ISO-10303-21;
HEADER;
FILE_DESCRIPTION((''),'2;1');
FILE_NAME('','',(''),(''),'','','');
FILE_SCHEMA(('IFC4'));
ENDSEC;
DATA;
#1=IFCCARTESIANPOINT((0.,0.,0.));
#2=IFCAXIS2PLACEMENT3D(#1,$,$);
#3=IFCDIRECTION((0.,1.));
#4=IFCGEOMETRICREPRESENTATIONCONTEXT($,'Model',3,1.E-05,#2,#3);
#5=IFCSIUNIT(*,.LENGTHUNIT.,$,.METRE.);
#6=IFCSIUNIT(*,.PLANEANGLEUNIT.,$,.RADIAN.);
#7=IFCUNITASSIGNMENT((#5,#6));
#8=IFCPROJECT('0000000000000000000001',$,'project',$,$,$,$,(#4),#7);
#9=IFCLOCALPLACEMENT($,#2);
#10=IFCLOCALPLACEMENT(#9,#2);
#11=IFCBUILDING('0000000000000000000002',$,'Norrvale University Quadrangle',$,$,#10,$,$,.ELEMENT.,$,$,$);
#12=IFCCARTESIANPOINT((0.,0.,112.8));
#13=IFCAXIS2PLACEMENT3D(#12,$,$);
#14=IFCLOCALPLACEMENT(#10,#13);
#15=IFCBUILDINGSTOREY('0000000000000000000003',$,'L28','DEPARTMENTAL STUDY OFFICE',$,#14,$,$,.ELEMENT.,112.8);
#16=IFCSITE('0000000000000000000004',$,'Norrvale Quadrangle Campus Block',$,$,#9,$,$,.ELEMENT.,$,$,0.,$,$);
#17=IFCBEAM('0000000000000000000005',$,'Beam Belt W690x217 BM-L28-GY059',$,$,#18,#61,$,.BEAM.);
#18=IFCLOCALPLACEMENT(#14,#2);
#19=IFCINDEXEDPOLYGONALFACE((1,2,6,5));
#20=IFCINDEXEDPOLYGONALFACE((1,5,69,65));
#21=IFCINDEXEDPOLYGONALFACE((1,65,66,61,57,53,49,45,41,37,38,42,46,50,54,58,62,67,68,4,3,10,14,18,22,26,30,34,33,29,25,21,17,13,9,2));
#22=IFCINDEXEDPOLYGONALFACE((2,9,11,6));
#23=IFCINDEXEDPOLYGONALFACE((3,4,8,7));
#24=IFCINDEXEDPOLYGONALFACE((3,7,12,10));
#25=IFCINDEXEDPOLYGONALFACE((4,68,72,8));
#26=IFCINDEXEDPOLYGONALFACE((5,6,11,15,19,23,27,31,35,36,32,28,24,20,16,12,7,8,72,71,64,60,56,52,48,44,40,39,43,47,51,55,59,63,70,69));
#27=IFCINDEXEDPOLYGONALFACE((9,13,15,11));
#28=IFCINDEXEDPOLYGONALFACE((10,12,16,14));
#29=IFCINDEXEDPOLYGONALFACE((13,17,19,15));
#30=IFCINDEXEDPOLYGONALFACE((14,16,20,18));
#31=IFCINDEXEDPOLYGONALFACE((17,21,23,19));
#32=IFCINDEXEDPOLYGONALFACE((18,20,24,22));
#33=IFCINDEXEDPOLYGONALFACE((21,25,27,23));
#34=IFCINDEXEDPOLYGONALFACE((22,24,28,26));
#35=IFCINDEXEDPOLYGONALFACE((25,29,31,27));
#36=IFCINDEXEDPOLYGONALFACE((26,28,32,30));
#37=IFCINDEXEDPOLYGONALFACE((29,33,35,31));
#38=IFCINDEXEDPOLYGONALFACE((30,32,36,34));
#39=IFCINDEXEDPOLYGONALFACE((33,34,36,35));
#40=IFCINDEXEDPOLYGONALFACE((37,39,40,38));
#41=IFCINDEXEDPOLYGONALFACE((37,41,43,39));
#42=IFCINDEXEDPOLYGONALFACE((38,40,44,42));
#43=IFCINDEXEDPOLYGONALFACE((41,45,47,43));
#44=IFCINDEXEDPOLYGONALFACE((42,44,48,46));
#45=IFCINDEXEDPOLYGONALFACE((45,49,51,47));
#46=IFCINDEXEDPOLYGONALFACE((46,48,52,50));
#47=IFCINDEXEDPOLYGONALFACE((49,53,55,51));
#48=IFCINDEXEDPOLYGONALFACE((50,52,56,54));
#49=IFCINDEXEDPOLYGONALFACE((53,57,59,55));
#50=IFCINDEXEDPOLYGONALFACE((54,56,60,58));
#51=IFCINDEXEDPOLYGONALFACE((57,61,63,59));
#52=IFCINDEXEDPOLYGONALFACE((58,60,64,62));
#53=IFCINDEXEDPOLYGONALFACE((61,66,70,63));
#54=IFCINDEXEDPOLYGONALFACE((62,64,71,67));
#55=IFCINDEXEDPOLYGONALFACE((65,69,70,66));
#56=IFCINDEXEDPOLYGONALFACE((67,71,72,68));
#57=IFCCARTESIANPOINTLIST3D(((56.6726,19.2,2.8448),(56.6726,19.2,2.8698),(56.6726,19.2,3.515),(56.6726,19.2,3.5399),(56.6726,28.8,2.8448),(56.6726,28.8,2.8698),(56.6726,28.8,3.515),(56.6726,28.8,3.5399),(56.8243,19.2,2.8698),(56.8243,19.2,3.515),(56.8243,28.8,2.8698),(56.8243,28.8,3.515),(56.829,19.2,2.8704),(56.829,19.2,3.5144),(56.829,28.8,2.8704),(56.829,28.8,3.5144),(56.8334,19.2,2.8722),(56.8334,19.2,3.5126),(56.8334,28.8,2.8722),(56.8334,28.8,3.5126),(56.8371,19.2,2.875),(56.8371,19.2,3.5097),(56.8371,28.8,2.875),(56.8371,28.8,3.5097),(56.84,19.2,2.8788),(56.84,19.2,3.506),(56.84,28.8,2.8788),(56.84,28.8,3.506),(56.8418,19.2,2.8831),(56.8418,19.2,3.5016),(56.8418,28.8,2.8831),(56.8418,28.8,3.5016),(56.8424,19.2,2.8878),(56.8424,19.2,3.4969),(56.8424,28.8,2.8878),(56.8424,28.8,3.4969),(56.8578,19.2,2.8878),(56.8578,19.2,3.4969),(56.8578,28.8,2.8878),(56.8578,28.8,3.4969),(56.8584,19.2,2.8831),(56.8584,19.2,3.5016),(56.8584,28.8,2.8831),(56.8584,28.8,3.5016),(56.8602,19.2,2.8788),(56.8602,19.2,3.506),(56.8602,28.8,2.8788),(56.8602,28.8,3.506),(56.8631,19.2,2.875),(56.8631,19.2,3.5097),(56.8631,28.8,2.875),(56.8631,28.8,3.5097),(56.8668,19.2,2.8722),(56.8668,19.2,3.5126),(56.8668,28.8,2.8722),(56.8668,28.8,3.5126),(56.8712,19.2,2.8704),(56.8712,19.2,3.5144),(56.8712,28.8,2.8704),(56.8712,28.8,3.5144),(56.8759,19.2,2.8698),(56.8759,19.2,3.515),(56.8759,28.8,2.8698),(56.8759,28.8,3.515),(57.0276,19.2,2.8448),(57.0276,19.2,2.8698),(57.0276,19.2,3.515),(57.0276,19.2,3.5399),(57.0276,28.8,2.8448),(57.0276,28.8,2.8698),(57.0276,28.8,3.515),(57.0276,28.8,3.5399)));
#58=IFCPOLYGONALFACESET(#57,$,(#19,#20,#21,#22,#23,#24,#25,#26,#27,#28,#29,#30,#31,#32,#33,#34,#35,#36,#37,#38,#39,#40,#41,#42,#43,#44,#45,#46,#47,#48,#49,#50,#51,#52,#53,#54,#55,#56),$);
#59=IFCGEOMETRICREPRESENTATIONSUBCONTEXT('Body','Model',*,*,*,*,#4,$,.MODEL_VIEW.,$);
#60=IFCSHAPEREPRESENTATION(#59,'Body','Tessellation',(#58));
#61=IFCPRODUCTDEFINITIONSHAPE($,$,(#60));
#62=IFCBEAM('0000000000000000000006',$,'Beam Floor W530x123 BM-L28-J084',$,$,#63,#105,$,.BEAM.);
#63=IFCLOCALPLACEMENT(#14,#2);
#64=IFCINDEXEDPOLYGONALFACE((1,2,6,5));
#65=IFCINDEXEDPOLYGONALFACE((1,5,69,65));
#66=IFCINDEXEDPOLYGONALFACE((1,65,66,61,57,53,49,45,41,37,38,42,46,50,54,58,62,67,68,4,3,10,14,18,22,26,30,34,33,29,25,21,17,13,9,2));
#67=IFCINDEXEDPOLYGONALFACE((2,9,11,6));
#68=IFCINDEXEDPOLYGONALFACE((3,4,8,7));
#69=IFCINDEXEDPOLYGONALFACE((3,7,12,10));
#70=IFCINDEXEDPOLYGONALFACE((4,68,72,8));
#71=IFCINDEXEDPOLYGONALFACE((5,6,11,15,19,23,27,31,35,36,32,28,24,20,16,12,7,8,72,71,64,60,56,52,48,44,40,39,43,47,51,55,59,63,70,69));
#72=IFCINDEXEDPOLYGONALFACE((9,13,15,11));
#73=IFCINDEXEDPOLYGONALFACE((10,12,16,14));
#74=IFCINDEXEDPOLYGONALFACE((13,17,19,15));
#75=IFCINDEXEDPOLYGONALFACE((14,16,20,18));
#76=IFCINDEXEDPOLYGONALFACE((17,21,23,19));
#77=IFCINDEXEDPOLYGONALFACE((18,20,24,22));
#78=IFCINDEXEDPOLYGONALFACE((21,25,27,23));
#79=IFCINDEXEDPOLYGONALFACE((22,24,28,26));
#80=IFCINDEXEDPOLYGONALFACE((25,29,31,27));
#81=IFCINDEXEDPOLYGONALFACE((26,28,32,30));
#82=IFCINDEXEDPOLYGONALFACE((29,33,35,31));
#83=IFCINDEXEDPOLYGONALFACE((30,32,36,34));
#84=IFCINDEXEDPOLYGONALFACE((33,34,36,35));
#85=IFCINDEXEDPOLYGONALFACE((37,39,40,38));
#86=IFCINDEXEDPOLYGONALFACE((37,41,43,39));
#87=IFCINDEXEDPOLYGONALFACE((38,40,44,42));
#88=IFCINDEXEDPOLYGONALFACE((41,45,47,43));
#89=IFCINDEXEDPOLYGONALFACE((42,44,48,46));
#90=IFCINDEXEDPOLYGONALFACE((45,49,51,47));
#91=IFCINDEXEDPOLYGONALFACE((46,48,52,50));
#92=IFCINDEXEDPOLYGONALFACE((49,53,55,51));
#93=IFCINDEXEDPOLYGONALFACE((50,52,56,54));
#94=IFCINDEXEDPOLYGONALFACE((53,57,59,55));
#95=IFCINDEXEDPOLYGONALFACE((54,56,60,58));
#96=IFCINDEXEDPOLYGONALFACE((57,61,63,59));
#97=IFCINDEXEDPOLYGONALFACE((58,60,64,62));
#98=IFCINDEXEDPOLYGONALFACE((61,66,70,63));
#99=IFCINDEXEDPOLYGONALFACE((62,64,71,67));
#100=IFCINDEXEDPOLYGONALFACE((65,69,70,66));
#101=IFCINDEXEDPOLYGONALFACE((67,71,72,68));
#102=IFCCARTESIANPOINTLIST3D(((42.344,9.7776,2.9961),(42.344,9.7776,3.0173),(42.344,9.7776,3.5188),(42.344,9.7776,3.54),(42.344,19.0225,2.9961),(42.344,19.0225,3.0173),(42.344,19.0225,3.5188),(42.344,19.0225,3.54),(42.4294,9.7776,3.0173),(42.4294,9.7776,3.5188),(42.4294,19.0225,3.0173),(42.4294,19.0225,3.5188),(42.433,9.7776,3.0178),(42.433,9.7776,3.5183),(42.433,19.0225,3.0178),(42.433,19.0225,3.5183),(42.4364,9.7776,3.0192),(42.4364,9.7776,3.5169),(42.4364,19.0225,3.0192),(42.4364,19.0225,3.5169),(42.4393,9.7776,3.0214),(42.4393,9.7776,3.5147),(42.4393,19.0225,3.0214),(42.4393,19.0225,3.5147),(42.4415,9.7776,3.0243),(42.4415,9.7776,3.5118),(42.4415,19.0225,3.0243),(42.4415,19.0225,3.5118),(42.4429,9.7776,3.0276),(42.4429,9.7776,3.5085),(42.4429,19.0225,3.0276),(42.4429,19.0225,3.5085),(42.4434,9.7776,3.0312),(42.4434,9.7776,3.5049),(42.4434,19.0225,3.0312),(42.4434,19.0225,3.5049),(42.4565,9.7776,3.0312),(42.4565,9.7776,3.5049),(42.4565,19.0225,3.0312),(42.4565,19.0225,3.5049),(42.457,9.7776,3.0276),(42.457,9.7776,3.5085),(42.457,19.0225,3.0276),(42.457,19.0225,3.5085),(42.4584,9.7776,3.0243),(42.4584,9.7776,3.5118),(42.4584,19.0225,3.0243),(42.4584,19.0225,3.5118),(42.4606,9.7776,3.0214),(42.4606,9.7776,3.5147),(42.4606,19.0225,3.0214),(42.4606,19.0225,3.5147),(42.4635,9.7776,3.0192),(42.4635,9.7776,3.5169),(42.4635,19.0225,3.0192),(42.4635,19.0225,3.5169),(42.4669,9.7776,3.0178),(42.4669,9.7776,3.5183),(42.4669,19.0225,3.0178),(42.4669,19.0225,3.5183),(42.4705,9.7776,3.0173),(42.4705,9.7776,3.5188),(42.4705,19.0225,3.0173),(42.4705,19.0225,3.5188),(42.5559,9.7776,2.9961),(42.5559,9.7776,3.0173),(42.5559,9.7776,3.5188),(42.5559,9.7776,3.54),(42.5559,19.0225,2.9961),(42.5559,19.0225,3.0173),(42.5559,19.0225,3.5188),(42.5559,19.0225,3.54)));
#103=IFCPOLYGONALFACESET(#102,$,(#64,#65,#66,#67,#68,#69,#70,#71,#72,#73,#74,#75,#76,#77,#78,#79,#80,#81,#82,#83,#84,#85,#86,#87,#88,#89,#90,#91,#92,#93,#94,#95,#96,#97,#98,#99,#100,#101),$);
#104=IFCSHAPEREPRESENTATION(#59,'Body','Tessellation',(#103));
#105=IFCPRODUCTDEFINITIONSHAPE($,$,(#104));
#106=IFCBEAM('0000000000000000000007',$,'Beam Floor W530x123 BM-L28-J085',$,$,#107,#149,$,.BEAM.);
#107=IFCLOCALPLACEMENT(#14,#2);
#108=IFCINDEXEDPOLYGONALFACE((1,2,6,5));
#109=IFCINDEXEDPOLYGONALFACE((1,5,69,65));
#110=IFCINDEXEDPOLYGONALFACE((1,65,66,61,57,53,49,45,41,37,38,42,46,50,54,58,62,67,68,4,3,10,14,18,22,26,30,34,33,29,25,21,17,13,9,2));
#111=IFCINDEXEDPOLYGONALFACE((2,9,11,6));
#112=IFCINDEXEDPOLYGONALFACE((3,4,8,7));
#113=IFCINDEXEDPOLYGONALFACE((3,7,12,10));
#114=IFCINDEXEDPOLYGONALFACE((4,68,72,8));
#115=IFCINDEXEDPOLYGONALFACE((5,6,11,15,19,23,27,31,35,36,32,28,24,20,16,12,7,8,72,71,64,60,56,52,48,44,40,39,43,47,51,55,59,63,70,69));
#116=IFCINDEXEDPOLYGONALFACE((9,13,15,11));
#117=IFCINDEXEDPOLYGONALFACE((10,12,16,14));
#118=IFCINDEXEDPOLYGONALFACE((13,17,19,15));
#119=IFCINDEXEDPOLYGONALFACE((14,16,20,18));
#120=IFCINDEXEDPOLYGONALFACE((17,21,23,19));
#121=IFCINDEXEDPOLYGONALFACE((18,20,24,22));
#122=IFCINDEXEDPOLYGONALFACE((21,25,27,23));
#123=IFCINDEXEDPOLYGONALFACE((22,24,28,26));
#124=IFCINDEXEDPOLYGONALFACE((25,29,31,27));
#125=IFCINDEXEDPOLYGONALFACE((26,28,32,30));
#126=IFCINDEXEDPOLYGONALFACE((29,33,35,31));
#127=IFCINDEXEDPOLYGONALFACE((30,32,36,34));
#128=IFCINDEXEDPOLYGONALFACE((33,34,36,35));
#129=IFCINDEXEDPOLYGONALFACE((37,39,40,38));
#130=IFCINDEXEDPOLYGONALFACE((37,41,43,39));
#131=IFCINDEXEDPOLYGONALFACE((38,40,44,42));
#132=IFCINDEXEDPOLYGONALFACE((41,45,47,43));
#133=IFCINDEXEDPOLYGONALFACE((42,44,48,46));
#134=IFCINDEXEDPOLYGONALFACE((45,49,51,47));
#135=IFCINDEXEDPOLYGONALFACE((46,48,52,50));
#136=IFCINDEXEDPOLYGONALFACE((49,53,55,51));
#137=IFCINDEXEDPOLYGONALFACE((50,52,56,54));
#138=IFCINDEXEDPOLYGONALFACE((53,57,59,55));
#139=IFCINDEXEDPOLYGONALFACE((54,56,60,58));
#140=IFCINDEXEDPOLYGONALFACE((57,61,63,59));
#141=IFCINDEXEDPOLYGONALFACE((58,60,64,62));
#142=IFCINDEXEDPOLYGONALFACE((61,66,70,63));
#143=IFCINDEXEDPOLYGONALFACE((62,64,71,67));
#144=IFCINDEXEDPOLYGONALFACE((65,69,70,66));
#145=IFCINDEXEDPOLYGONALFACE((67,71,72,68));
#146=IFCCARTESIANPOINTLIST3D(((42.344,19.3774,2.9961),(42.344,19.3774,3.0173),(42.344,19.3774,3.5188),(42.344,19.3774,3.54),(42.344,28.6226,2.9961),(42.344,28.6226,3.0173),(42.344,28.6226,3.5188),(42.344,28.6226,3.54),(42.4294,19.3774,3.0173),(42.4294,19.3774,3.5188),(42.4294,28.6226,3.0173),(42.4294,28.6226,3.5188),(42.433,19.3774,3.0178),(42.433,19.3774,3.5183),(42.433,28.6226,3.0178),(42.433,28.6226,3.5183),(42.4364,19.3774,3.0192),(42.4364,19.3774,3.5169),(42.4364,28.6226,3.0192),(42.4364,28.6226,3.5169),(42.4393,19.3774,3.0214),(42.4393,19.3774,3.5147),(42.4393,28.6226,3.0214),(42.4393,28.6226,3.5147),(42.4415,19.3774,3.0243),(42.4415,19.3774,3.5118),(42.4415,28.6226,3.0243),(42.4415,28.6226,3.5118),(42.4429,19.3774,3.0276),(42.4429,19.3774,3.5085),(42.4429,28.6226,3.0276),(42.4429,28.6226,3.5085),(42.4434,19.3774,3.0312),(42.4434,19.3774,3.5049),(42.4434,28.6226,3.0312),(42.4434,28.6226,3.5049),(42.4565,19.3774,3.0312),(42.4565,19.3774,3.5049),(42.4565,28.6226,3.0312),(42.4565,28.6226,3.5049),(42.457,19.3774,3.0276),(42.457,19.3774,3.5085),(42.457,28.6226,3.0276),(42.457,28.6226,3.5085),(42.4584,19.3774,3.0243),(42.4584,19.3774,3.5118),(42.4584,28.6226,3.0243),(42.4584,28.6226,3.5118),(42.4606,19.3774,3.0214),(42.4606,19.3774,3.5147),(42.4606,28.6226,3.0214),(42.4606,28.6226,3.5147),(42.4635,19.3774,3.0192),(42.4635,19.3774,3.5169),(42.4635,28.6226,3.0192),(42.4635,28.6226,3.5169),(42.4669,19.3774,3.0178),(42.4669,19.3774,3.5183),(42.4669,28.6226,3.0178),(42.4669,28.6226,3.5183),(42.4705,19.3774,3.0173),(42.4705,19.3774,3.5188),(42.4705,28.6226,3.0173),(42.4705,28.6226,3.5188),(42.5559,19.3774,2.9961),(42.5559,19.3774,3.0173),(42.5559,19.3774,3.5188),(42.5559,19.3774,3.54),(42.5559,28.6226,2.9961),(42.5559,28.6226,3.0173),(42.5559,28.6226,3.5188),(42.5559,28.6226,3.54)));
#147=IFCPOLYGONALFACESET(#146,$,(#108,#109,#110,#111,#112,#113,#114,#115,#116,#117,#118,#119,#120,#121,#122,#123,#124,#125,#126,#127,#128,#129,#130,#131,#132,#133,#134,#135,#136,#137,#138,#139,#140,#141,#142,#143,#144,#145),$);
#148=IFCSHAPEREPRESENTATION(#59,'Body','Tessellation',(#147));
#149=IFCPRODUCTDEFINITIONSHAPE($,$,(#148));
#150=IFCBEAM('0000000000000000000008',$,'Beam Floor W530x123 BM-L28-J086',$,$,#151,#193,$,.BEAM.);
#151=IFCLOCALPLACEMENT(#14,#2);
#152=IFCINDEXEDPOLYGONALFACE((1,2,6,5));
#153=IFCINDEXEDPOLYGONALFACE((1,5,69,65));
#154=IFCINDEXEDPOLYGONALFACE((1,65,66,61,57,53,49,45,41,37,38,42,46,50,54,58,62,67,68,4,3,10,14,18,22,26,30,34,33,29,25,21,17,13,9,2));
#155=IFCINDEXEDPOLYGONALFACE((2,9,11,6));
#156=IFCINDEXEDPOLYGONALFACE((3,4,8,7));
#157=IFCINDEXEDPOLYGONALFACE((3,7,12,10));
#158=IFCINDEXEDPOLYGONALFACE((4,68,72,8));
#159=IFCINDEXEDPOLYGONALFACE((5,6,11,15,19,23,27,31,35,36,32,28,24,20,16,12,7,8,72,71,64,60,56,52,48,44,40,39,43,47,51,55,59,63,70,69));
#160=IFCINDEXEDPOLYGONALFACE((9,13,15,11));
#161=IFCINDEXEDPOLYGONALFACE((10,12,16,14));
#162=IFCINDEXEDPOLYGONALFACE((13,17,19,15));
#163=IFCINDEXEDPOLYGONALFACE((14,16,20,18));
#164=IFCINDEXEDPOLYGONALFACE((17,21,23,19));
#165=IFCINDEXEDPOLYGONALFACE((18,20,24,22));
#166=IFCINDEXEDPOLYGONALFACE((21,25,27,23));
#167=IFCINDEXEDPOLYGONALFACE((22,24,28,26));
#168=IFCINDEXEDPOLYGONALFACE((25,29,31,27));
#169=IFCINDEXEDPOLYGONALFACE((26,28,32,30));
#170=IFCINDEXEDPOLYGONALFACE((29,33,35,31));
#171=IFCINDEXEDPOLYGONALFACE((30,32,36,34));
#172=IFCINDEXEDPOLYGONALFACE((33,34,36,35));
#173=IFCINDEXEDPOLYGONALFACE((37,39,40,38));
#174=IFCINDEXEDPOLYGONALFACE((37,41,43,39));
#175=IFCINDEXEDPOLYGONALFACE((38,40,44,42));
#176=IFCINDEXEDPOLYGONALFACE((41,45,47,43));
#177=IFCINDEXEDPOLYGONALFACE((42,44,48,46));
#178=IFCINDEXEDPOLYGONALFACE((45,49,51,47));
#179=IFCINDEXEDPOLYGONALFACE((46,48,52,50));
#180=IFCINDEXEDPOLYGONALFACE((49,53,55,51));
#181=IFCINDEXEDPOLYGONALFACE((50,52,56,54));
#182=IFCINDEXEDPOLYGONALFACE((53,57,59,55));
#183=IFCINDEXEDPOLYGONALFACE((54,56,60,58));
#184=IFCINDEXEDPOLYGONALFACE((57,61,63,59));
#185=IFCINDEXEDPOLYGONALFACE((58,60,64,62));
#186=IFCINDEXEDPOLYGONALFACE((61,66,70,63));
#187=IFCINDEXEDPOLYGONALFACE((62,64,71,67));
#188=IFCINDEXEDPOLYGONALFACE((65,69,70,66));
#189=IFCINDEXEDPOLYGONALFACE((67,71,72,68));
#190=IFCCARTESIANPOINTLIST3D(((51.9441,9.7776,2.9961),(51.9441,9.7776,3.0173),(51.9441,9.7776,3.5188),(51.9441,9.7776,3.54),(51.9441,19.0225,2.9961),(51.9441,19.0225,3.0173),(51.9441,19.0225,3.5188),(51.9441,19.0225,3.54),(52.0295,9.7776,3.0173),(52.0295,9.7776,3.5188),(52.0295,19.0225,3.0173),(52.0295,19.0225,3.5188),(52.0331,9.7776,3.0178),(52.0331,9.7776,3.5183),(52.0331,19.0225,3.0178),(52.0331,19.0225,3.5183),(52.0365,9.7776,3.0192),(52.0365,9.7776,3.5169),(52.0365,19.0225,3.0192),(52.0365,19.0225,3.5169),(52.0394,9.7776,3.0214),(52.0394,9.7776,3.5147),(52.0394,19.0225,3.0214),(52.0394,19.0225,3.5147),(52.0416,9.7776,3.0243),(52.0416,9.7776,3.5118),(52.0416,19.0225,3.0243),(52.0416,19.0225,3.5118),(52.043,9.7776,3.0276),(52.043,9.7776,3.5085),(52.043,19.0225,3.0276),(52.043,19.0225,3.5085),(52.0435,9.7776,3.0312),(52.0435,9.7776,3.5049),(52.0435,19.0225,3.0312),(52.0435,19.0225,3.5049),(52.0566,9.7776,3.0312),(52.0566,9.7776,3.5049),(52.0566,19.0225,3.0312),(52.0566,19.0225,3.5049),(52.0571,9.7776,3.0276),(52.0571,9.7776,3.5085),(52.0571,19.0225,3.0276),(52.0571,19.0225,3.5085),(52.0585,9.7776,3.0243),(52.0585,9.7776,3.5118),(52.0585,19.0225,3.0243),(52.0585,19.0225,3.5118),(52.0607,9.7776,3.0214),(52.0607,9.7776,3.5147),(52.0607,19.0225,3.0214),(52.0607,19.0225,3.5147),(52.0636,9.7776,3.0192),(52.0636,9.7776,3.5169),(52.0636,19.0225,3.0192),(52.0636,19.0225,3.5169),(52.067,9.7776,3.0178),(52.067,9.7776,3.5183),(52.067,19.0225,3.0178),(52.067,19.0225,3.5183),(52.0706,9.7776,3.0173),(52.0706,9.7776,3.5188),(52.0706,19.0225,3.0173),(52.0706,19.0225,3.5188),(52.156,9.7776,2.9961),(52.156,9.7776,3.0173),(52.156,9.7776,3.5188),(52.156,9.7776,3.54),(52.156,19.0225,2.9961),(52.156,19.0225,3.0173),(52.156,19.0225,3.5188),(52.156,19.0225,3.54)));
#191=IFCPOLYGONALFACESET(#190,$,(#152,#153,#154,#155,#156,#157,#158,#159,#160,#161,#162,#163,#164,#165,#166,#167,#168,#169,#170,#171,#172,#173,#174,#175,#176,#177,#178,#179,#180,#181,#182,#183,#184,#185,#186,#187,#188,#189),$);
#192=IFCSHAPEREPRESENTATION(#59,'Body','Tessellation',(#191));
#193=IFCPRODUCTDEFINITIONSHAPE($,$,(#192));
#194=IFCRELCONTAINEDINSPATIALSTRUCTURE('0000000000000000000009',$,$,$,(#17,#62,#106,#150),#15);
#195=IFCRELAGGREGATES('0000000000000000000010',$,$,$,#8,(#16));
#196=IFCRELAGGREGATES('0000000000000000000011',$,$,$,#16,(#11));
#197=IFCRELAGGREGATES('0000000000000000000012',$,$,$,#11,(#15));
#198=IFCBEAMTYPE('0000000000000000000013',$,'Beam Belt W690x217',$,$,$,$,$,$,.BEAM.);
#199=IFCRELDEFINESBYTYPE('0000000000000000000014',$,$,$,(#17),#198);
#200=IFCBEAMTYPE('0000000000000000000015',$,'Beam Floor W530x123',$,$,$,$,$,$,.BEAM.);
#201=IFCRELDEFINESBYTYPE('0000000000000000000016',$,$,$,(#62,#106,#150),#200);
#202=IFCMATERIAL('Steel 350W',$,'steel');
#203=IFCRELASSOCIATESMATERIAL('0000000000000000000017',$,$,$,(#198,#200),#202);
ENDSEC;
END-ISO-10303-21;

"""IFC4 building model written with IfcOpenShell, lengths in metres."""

from ifc_helpers import new_model, si_unit, direction, frame, origin, origin_2d, place, context, subcontext, project, spatial, i_section, extrude, material, material_profile, profile_set, type_object, element, save


model = new_model("IFC4")

# Units and contexts
model_context = context("Model", 3, precision=1e-05, world=origin(), true_north=direction((0.0, 1.0)))
body_context = subcontext(model_context, "Body", "Model", "MODEL_VIEW")
ifc_project = project(units=[si_unit("LENGTHUNIT", "METRE"), si_unit("PLANEANGLEUNIT", "RADIAN")], contexts=[model_context])

# Site, building, storey
site_placement = place(None, origin())
site = spatial("IfcSite", under=ifc_project, at=site_placement, Name="Norrvale Quadrangle Campus Block", CompositionType="ELEMENT", RefElevation=0.0)
building_placement = place(site_placement, origin())
building = spatial("IfcBuilding", under=site, at=building_placement, Name="Norrvale University Quadrangle", CompositionType="ELEMENT")
storey_placement = place(building_placement, frame((0.0, 0.0, 112.8)))
storey = spatial("IfcBuildingStorey", under=building, at=storey_placement, Name="L28", Description="DEPARTMENTAL STUDY OFFICE", CompositionType="ELEMENT", Elevation=112.8)

# Beams
ifc_material_1 = material(Name="Steel 350W", Category="steel")
ifc_material_profile_1 = material_profile(ifc_material_1, i_section(OverallWidth=0.355, OverallDepth=0.6951, WebThickness=0.0154, FlangeThickness=0.0249, FilletRadius=0.0181, at=origin_2d()), Name="Steel 350W")
ifc_profile_set_1 = profile_set([ifc_material_profile_1], Name="Steel 350W")
beam_type_1 = type_object("IfcBeamType", Name="Beam Belt W690x217", PredefinedType="BEAM", material=ifc_profile_set_1)
beam_1_placement = place(storey_placement, frame((56.8501, 19.2, 3.1924), z_axis=(0.0, 1.0, 0.0), x_axis=(-1.0, 0.0, 0.0)))
element("IfcBeam", 1, at=beam_1_placement, inside=storey, type_object=beam_type_1, Name="Beam Belt W690x217 BM-L28-GY059", PredefinedType="BEAM", context=body_context, shape_type="SweptSolid", body=[
    extrude(i_section(OverallWidth=0.355, OverallDepth=0.6951, WebThickness=0.0154, FlangeThickness=0.0249, FilletRadius=0.0181, at=origin_2d()), origin(), (0.0, 0.0, 1.0), 9.6001),
])
ifc_material_profile_2 = material_profile(ifc_material_1, i_section(OverallWidth=0.2119, OverallDepth=0.5439, WebThickness=0.0132, FlangeThickness=0.0212, FilletRadius=0.0139, at=origin_2d()), Name="Steel 350W")
ifc_profile_set_2 = profile_set([ifc_material_profile_2], Name="Steel 350W")
beam_type_2 = type_object("IfcBeamType", Name="Beam Floor W530x123", PredefinedType="BEAM", material=ifc_profile_set_2)
beam_2_placement = place(storey_placement, frame((42.45, 9.7776, 3.2681), z_axis=(0.0, 1.0, 0.0), x_axis=(-1.0, 0.0, 0.0)))
element("IfcBeam", 2, at=beam_2_placement, inside=storey, type_object=beam_type_2, Name="Beam Floor W530x123 BM-L28-J084", PredefinedType="BEAM", context=body_context, shape_type="SweptSolid", body=[
    extrude(i_section(OverallWidth=0.2119, OverallDepth=0.5439, WebThickness=0.0132, FlangeThickness=0.0212, FilletRadius=0.0139, at=origin_2d()), origin(), (0.0, 0.0, 1.0), 9.2449),
])
beam_3_placement = place(storey_placement, frame((42.45, 19.3774, 3.2681), z_axis=(0.0, 1.0, 0.0), x_axis=(-1.0, 0.0, 0.0)))
element("IfcBeam", 3, at=beam_3_placement, inside=storey, type_object=beam_type_2, Name="Beam Floor W530x123 BM-L28-J085", PredefinedType="BEAM", context=body_context, shape_type="SweptSolid", body=[
    extrude(i_section(OverallWidth=0.2119, OverallDepth=0.5439, WebThickness=0.0132, FlangeThickness=0.0212, FilletRadius=0.0139, at=origin_2d()), origin(), (0.0, 0.0, 1.0), 9.2451),
])
beam_4_placement = place(storey_placement, frame((52.05, 9.7776, 3.2681), z_axis=(0.0, 1.0, 0.0), x_axis=(-1.0, 0.0, 0.0)))
element("IfcBeam", 4, at=beam_4_placement, inside=storey, type_object=beam_type_2, Name="Beam Floor W530x123 BM-L28-J086", PredefinedType="BEAM", context=body_context, shape_type="SweptSolid", body=[
    extrude(i_section(OverallWidth=0.2119, OverallDepth=0.5439, WebThickness=0.0132, FlangeThickness=0.0212, FilletRadius=0.0139, at=origin_2d()), origin(), (0.0, 0.0, 1.0), 9.2449),
])

save(model, "model.ifc")
